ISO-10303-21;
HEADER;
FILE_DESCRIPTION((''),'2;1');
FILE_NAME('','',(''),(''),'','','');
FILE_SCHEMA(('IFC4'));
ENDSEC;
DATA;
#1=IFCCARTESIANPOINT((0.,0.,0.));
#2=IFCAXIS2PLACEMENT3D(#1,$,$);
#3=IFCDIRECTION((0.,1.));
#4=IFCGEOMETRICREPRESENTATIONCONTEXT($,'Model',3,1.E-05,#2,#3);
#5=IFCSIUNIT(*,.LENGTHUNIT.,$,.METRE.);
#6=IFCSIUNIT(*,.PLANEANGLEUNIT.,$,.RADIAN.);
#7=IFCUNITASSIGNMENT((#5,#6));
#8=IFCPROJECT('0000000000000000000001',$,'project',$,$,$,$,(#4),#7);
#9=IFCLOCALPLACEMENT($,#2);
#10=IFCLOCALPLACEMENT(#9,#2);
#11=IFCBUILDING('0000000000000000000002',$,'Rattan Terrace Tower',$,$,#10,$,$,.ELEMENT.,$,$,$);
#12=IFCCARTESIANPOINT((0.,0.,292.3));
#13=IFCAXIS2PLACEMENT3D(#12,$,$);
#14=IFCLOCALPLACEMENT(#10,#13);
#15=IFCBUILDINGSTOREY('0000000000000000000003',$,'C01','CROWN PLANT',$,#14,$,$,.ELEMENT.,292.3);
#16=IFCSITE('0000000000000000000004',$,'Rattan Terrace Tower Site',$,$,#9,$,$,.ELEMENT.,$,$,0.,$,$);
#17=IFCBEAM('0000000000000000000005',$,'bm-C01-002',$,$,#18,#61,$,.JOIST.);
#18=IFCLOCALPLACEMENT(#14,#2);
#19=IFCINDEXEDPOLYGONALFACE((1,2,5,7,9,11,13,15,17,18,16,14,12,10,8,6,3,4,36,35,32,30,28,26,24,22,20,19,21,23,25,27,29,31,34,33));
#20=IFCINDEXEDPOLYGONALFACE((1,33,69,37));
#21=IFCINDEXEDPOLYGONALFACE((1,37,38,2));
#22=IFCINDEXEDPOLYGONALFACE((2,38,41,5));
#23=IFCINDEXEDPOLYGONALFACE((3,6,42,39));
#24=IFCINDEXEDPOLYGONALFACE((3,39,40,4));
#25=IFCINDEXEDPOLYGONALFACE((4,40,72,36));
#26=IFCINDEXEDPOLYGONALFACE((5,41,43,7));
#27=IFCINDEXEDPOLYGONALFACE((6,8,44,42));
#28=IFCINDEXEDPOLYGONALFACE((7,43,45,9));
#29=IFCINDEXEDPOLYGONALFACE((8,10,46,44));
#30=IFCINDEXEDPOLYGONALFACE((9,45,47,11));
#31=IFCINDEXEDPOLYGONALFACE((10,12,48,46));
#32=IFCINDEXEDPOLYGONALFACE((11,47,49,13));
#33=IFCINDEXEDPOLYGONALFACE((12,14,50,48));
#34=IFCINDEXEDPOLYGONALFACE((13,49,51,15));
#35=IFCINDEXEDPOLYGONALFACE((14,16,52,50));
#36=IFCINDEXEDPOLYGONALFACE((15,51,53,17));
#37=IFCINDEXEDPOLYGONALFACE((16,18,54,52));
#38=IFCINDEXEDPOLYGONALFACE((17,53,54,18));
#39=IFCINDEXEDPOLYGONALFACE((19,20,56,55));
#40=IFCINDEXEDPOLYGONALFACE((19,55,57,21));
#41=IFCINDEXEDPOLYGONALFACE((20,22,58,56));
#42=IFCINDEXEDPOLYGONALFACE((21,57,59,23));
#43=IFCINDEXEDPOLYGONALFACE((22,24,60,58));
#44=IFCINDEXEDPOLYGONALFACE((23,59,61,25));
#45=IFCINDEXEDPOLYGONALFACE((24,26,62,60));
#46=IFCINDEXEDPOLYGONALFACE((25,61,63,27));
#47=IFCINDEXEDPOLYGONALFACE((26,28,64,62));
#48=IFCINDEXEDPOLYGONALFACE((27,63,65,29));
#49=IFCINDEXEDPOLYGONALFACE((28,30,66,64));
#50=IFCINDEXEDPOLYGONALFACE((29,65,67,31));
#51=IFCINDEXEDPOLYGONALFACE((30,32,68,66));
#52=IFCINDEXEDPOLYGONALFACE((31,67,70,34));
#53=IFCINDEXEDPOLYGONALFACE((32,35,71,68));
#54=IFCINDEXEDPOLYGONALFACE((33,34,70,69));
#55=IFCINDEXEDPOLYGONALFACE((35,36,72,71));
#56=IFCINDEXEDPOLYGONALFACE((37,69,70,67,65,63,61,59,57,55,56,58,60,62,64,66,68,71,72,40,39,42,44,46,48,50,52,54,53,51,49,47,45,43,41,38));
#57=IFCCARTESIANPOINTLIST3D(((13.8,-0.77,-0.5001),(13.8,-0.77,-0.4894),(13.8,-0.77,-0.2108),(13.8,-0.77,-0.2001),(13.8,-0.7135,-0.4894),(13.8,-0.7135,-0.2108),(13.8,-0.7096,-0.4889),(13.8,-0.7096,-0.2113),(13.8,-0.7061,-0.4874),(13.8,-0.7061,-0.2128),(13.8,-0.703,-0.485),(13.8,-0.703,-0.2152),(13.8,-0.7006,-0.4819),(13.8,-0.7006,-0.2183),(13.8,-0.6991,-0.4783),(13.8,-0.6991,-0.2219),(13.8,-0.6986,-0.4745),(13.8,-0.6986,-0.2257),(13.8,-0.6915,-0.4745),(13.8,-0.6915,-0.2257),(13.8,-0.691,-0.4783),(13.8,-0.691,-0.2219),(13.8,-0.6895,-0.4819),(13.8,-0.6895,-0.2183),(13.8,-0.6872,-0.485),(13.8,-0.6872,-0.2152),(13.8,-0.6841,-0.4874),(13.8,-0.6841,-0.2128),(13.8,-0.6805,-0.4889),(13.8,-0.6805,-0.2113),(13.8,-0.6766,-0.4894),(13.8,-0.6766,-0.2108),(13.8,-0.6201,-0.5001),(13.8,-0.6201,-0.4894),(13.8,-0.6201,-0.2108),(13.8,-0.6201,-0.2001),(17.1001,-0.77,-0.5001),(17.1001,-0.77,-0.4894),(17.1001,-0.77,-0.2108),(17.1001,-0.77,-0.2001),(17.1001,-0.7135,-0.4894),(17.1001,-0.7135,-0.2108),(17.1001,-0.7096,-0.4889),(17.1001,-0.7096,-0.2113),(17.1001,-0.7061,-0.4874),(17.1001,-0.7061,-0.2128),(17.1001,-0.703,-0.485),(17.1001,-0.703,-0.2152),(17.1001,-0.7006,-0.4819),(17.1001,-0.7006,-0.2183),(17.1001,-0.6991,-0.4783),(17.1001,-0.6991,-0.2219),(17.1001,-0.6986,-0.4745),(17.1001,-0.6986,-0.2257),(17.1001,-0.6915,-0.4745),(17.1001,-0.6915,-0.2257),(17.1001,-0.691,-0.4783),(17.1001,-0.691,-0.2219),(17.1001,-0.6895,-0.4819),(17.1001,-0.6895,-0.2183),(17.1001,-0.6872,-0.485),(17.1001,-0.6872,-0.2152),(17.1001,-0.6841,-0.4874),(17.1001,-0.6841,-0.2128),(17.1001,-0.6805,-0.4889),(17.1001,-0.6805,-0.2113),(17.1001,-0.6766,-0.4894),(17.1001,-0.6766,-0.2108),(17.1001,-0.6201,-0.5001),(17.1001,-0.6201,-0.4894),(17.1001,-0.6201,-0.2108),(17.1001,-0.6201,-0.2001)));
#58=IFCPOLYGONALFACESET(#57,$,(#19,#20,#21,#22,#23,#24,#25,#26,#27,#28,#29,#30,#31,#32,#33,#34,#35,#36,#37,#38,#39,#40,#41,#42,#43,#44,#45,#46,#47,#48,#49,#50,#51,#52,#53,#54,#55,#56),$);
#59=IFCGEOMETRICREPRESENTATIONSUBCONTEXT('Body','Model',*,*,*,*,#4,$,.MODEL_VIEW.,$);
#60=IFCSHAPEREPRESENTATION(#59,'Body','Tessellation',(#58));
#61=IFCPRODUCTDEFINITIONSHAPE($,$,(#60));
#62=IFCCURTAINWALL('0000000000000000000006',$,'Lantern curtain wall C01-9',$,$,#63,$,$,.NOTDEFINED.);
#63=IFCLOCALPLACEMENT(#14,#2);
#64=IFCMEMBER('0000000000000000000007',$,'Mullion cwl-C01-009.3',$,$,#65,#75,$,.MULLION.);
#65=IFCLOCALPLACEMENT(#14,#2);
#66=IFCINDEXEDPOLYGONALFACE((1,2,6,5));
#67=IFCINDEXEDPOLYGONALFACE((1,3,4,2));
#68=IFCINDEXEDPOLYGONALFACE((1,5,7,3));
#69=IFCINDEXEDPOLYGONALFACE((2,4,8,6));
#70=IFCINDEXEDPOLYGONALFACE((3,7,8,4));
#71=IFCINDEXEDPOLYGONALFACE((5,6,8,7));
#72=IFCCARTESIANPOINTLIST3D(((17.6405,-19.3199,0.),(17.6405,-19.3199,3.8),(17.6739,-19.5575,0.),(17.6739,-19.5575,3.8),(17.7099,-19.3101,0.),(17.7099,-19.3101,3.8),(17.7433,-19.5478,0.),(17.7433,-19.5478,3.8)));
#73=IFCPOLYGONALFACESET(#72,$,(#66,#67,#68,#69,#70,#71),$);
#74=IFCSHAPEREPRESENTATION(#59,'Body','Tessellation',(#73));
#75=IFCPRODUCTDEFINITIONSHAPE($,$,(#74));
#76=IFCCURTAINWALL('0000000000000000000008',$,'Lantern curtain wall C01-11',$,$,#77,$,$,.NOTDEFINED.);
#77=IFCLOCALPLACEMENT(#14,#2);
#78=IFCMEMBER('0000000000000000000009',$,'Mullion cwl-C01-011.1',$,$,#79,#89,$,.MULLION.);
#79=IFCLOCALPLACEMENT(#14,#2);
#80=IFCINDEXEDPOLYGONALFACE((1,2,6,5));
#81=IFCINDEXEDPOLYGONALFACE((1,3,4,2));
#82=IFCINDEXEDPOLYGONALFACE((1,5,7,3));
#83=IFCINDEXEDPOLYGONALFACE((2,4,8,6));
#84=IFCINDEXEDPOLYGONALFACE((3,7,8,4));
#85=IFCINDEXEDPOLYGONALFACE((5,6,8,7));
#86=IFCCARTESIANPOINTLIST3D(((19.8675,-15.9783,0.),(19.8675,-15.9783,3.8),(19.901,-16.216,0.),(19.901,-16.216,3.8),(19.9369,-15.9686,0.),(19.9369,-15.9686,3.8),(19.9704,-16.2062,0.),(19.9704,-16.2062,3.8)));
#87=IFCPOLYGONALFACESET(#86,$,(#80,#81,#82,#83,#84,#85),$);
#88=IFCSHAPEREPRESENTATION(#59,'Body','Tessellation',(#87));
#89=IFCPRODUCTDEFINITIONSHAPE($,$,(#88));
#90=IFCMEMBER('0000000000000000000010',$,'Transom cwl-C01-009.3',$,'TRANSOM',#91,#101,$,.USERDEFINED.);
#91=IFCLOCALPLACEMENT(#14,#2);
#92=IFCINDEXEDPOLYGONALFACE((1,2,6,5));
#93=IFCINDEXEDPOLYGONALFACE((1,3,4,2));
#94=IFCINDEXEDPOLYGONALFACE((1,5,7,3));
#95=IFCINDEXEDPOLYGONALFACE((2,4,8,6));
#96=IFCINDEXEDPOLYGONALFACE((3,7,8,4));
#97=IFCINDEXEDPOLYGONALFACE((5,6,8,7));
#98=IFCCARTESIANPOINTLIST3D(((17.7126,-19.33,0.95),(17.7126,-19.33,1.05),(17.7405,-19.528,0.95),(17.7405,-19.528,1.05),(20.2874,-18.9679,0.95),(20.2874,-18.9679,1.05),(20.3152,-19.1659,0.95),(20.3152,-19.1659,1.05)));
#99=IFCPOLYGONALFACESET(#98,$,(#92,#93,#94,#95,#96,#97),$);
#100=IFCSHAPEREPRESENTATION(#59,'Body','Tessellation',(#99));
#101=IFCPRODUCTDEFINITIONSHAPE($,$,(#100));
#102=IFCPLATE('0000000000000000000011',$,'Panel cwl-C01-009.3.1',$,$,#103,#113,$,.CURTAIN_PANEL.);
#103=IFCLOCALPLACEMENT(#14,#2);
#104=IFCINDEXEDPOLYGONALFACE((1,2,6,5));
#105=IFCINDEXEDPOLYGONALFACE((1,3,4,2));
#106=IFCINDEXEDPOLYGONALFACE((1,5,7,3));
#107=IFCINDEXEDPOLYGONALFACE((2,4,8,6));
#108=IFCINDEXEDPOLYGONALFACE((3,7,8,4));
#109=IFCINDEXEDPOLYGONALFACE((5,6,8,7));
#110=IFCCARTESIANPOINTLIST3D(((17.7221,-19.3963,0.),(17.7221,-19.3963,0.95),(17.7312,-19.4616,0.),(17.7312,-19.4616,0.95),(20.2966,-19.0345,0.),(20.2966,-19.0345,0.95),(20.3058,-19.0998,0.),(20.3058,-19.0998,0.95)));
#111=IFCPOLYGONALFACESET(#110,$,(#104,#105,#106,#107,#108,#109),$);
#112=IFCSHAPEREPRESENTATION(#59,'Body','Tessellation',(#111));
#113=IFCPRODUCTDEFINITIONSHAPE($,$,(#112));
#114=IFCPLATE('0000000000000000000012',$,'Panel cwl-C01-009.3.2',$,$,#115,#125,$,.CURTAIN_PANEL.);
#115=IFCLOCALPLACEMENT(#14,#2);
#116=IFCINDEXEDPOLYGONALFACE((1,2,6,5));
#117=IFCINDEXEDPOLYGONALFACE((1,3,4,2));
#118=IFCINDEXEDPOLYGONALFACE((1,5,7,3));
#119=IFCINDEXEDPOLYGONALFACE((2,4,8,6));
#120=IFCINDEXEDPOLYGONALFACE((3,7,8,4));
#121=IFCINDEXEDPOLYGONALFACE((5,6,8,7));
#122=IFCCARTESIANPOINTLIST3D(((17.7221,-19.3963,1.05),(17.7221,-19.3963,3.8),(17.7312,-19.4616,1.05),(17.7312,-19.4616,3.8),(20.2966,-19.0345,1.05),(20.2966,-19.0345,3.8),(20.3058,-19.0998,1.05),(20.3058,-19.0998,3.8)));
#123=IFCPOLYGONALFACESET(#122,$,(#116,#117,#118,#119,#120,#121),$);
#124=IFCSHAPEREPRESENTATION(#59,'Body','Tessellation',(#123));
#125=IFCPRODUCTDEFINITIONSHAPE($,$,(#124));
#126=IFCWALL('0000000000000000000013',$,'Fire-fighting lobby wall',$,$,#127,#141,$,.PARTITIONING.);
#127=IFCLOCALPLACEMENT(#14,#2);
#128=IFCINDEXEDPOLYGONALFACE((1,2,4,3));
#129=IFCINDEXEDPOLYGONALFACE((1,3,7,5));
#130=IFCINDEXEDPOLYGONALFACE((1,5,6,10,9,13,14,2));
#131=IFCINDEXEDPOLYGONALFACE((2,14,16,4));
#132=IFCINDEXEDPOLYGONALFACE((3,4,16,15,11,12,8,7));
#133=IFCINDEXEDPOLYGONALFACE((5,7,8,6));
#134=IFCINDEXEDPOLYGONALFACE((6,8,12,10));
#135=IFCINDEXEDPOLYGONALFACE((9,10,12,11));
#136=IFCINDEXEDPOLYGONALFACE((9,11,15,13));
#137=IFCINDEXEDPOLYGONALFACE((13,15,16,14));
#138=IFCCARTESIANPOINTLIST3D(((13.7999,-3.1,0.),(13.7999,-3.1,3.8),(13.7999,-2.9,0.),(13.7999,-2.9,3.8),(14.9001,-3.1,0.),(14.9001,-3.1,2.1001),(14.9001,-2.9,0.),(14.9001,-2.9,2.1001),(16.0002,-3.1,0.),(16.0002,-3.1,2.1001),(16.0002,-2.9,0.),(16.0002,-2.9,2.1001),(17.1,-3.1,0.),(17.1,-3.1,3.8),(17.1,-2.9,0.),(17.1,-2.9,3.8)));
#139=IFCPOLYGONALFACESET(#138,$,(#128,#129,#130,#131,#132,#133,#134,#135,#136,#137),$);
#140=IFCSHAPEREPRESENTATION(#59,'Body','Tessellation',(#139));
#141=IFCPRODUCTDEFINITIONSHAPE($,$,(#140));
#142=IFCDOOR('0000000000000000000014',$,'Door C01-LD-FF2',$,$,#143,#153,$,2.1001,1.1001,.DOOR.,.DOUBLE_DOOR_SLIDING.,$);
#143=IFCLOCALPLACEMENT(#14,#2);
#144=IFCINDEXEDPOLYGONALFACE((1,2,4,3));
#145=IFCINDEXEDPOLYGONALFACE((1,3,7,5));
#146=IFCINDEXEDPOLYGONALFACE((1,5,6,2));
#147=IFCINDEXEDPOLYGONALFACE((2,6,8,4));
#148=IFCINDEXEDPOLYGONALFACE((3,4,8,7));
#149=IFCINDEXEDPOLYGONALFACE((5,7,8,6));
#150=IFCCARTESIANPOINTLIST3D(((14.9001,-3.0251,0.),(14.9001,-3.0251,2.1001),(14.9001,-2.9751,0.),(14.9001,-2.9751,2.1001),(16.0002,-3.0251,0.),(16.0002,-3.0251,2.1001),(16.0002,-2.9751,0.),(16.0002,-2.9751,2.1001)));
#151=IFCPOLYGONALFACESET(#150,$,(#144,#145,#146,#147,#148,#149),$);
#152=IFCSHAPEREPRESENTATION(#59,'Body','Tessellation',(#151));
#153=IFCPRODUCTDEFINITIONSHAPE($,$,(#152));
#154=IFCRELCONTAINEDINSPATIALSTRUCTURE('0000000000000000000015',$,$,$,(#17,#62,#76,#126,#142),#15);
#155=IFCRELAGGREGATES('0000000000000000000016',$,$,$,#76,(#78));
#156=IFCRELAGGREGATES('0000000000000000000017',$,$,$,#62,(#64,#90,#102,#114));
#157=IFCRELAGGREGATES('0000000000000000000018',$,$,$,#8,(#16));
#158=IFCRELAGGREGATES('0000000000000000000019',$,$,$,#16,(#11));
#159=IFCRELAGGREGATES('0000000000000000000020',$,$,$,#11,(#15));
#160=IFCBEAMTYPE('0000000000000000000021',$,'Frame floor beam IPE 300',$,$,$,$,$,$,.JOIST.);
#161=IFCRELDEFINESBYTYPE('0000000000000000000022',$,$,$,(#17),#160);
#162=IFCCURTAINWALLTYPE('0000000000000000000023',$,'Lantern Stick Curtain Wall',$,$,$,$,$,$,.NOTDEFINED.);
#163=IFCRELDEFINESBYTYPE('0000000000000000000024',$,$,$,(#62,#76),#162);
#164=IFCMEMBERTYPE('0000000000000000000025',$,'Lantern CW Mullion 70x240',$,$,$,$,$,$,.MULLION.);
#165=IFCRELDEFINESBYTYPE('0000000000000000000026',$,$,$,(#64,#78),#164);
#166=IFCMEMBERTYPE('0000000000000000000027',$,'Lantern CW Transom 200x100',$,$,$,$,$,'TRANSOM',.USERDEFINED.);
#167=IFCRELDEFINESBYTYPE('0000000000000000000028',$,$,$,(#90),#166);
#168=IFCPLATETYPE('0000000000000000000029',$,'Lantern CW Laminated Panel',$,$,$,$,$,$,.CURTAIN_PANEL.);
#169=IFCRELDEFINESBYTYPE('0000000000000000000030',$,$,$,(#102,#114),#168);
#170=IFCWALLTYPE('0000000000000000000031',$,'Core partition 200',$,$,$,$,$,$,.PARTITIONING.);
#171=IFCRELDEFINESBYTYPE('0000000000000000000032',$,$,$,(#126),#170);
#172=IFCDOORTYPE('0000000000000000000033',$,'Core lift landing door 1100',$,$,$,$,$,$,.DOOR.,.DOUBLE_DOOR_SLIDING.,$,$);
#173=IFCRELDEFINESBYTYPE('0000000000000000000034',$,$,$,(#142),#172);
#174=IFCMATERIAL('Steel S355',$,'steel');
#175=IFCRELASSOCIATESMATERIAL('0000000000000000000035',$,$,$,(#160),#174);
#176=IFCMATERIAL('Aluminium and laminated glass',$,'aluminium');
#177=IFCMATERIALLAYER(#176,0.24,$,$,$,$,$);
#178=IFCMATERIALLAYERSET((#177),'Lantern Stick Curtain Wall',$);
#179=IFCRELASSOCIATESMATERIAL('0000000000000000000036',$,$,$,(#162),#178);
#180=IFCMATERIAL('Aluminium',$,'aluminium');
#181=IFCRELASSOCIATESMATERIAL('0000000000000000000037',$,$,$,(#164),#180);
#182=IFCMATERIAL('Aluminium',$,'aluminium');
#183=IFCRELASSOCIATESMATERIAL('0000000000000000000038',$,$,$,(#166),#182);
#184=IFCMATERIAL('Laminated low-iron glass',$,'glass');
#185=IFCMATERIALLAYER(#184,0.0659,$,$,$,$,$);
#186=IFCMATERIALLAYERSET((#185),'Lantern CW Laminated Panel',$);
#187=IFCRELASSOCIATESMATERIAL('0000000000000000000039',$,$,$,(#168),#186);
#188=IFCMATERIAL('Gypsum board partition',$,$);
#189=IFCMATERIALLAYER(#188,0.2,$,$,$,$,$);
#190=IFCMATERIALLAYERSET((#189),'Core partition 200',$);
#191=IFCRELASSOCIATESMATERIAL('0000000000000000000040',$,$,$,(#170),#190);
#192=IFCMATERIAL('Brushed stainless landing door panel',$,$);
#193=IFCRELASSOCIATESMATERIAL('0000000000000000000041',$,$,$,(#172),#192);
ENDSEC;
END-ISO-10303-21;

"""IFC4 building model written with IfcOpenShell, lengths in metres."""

from ifc_helpers import new_model, si_unit, direction, frame, frame_2d, origin, origin_2d, place, context, subcontext, project, spatial, rectangle, i_section, extrude, material, layer, layer_set, material_profile, profile_set, type_object, element, fill, aggregate, save


model = new_model("IFC4")

# Units and contexts
model_context = context("Model", 3, precision=1e-05, world=origin(), true_north=direction((0.0, 1.0)))
body_context = subcontext(model_context, "Body", "Model", "MODEL_VIEW")
ifc_project = project(units=[si_unit("LENGTHUNIT", "METRE"), si_unit("PLANEANGLEUNIT", "RADIAN")], contexts=[model_context])

# Site, building, storey
site_placement = place(None, origin())
site = spatial("IfcSite", under=ifc_project, at=site_placement, Name="Rattan Terrace Tower Site", CompositionType="ELEMENT", RefElevation=0.0)
building_placement = place(site_placement, origin())
building = spatial("IfcBuilding", under=site, at=building_placement, Name="Rattan Terrace Tower", CompositionType="ELEMENT")
storey_placement = place(building_placement, frame((0.0, 0.0, 292.3)))
storey = spatial("IfcBuildingStorey", under=building, at=storey_placement, Name="C01", Description="CROWN PLANT", CompositionType="ELEMENT", Elevation=292.3)

# Beam
ifc_material_1 = material(Name="Steel S355", Category="steel")
ifc_material_profile_1 = material_profile(ifc_material_1, i_section(OverallWidth=0.1499, OverallDepth=0.3, WebThickness=0.0071, FlangeThickness=0.0107, FilletRadius=0.0149, at=origin_2d()), Name="IPE 300")
ifc_profile_set_1 = profile_set([ifc_material_profile_1], Name="Steel S355")
beam_type = type_object("IfcBeamType", Name="Frame floor beam IPE 300", PredefinedType="JOIST", material=ifc_profile_set_1)
beam_placement = place(storey_placement, frame((13.8, -0.6951, -0.3501), z_axis=(1.0, 0.0, 0.0), x_axis=(0.0, 1.0, 0.0)))
element("IfcBeam", 1, at=beam_placement, inside=storey, type_object=beam_type, Name="bm-C01-002", PredefinedType="JOIST", context=body_context, shape_type="SweptSolid", body=[
    extrude(i_section(OverallWidth=0.1499, OverallDepth=0.3, WebThickness=0.0071, FlangeThickness=0.0107, FilletRadius=0.0149, at=origin_2d()), origin(), (0.0, 0.0, 1.0), 3.3),
])

# Curtain walls, members
ifc_material_2 = material(Name="Aluminium and laminated glass", Category="aluminium")
ifc_layer_1 = layer(ifc_material_2, 0.24)
ifc_layer_set_1 = layer_set([ifc_layer_1], Name="Lantern Stick Curtain Wall")
curtain_wall_type = type_object("IfcCurtainWallType", Name="Lantern Stick Curtain Wall", PredefinedType="NOTDEFINED", material=ifc_layer_set_1)
curtain_wall_1_placement = place(storey_placement, origin())
curtain_wall_1 = element("IfcCurtainWall", 2, at=curtain_wall_1_placement, inside=storey, type_object=curtain_wall_type, Name="Lantern curtain wall C01-9", PredefinedType="NOTDEFINED")
ifc_material_3 = material(Name="Aluminium", Category="aluminium")
ifc_material_profile_2 = material_profile(ifc_material_3, rectangle(XDim=0.0701, YDim=0.24, at=origin_2d()), Name="Aluminium 70x240")
ifc_profile_set_2 = profile_set([ifc_material_profile_2], Name="Aluminium")
member_type_1 = type_object("IfcMemberType", Name="Lantern CW Mullion 70x240", PredefinedType="MULLION", material=ifc_profile_set_2)
member_1_placement = place(storey_placement, frame((17.6919, -19.4338, 0.0), z_axis=(0.0, 0.0, 1.0), x_axis=(0.990267, 0.139181, 0.0)))
member_1 = element("IfcMember", 3, at=member_1_placement, type_object=member_type_1, Name="Mullion cwl-C01-009.3", PredefinedType="MULLION", context=body_context, shape_type="SweptSolid", body=[
    extrude(rectangle(XDim=0.0701, YDim=0.24, at=origin_2d()), origin(), (0.0, 0.0, 1.0), 3.8),
])
curtain_wall_2_placement = place(storey_placement, origin())
curtain_wall_2 = element("IfcCurtainWall", 4, at=curtain_wall_2_placement, inside=storey, type_object=curtain_wall_type, Name="Lantern curtain wall C01-11", PredefinedType="NOTDEFINED")
member_2_placement = place(storey_placement, frame((19.9189, -16.0923, 0.0), z_axis=(0.0, 0.0, 1.0), x_axis=(0.990228, 0.139459, 0.0)))
member_2 = element("IfcMember", 5, at=member_2_placement, type_object=member_type_1, Name="Mullion cwl-C01-011.1", PredefinedType="MULLION", context=body_context, shape_type="SweptSolid", body=[
    extrude(rectangle(XDim=0.0701, YDim=0.24, at=origin_2d()), origin(), (0.0, 0.0, 1.0), 3.8),
])
aggregate(curtain_wall_2, [member_2])

# Member
ifc_material_4 = material(Name="Aluminium", Category="aluminium")
ifc_material_profile_3 = material_profile(ifc_material_4, rectangle(XDim=0.2, YDim=0.1001, at=origin_2d()), Name="Aluminium 200x100")
ifc_profile_set_3 = profile_set([ifc_material_profile_3], Name="Aluminium")
member_type_2 = type_object("IfcMemberType", Name="Lantern CW Transom 200x100", ElementType="TRANSOM", PredefinedType="USERDEFINED", material=ifc_profile_set_3)
member_3_placement = place(storey_placement, frame((17.7266, -19.429, 1.0), z_axis=(0.990257, 0.139252, 0.0), x_axis=(-0.139252, 0.990257, 0.0)))
member_3 = element("IfcMember", 6, at=member_3_placement, type_object=member_type_2, Name="Transom cwl-C01-009.3", ObjectType="TRANSOM", PredefinedType="USERDEFINED", context=body_context, shape_type="SweptSolid", body=[
    extrude(rectangle(XDim=0.2, YDim=0.1001, at=origin_2d()), origin(), (0.0, 0.0, 1.0), 2.6001),
])

# Plates
ifc_material_5 = material(Name="Laminated low-iron glass", Category="glass")
ifc_layer_2 = layer(ifc_material_5, 0.0659)
ifc_layer_set_2 = layer_set([ifc_layer_2], Name="Lantern CW Laminated Panel")
plate_type = type_object("IfcPlateType", Name="Lantern CW Laminated Panel", PredefinedType="CURTAIN_PANEL", material=ifc_layer_set_2)
plate_1_placement = place(storey_placement, frame((19.0139, -19.248, 0.0), z_axis=(0.0, 0.0, 1.0), x_axis=(0.990267, 0.139181, 0.0)))
plate_1 = element("IfcPlate", 7, at=plate_1_placement, type_object=plate_type, Name="Panel cwl-C01-009.3.1", PredefinedType="CURTAIN_PANEL", context=body_context, shape_type="SweptSolid", body=[
    extrude(rectangle(XDim=2.5999, YDim=0.0659, at=origin_2d()), origin(), (0.0, 0.0, 1.0), 0.95),
])
plate_2_placement = place(storey_placement, frame((19.0139, -19.248, 1.05), z_axis=(0.0, 0.0, 1.0), x_axis=(0.990267, 0.139181, 0.0)))
plate_2 = element("IfcPlate", 8, at=plate_2_placement, type_object=plate_type, Name="Panel cwl-C01-009.3.2", PredefinedType="CURTAIN_PANEL", context=body_context, shape_type="SweptSolid", body=[
    extrude(rectangle(XDim=2.5999, YDim=0.0659, at=origin_2d()), origin(), (0.0, 0.0, 1.0), 2.75),
])
aggregate(curtain_wall_1, [member_1, member_3, plate_1, plate_2])

# Wall, opening, door
ifc_material_6 = material(Name="Gypsum board partition")
ifc_layer_3 = layer(ifc_material_6, 0.2)
ifc_layer_set_3 = layer_set([ifc_layer_3], Name="Core partition 200")
wall_type_1 = type_object("IfcWallType", Name="Core partition 200", PredefinedType="PARTITIONING", material=ifc_layer_set_3)
wall_1_placement = place(storey_placement, frame((13.8, -3.0, 0.0), z_axis=(0.0, 0.0, 1.0), x_axis=(1.0, 0.0, 0.0)))
wall_1 = element("IfcWall", 9, at=wall_1_placement, inside=storey, type_object=wall_type_1, Name="Fire-fighting lobby wall", PredefinedType="PARTITIONING", context=body_context, shape_type="SweptSolid", body=[
    extrude(rectangle(XDim=3.3, YDim=0.2, at=frame_2d((1.6499, 0.0))), origin(), (0.0, 0.0, 1.0), 3.8),
])
opening_1_placement = place(wall_1_placement, frame((1.1001, 0.0, 0.0)))
opening_1 = element("IfcOpeningElement", 10, at=opening_1_placement, cuts=wall_1, PredefinedType="OPENING", context=body_context, shape_type="SweptSolid", body=[
    extrude(rectangle(XDim=1.1001, YDim=2.1001, at=frame_2d((0.55, 1.05))), frame((0.0, 0.1106, 0.0), z_axis=(0.0, -1.0, 0.0), x_axis=(1.0, 0.0, 0.0)), (0.0, 0.0, 1.0), 0.2209),
])
ifc_material_7 = material(Name="Brushed stainless landing door panel")
door_type_1 = type_object("IfcDoorType", Name="Core lift landing door 1100", OperationType="DOUBLE_DOOR_SLIDING", PredefinedType="DOOR", material=ifc_material_7)
door_1_placement = place(opening_1_placement, origin())
door_1 = element("IfcDoor", 11, at=door_1_placement, inside=storey, type_object=door_type_1, Name="Door C01-LD-FF2", OperationType="DOUBLE_DOOR_SLIDING", OverallHeight=2.1001, OverallWidth=1.1001, PredefinedType="DOOR", context=body_context, shape_type="SweptSolid", body=[
    extrude(rectangle(XDim=1.1001, YDim=2.1001, at=frame_2d((0.55, 1.05))), frame((0.0, 0.0249, 0.0), z_axis=(0.0, -1.0, 0.0), x_axis=(1.0, 0.0, 0.0)), (0.0, 0.0, 1.0), 0.05),
])
fill(opening_1, door_1)

save(model, "model.ifc")
